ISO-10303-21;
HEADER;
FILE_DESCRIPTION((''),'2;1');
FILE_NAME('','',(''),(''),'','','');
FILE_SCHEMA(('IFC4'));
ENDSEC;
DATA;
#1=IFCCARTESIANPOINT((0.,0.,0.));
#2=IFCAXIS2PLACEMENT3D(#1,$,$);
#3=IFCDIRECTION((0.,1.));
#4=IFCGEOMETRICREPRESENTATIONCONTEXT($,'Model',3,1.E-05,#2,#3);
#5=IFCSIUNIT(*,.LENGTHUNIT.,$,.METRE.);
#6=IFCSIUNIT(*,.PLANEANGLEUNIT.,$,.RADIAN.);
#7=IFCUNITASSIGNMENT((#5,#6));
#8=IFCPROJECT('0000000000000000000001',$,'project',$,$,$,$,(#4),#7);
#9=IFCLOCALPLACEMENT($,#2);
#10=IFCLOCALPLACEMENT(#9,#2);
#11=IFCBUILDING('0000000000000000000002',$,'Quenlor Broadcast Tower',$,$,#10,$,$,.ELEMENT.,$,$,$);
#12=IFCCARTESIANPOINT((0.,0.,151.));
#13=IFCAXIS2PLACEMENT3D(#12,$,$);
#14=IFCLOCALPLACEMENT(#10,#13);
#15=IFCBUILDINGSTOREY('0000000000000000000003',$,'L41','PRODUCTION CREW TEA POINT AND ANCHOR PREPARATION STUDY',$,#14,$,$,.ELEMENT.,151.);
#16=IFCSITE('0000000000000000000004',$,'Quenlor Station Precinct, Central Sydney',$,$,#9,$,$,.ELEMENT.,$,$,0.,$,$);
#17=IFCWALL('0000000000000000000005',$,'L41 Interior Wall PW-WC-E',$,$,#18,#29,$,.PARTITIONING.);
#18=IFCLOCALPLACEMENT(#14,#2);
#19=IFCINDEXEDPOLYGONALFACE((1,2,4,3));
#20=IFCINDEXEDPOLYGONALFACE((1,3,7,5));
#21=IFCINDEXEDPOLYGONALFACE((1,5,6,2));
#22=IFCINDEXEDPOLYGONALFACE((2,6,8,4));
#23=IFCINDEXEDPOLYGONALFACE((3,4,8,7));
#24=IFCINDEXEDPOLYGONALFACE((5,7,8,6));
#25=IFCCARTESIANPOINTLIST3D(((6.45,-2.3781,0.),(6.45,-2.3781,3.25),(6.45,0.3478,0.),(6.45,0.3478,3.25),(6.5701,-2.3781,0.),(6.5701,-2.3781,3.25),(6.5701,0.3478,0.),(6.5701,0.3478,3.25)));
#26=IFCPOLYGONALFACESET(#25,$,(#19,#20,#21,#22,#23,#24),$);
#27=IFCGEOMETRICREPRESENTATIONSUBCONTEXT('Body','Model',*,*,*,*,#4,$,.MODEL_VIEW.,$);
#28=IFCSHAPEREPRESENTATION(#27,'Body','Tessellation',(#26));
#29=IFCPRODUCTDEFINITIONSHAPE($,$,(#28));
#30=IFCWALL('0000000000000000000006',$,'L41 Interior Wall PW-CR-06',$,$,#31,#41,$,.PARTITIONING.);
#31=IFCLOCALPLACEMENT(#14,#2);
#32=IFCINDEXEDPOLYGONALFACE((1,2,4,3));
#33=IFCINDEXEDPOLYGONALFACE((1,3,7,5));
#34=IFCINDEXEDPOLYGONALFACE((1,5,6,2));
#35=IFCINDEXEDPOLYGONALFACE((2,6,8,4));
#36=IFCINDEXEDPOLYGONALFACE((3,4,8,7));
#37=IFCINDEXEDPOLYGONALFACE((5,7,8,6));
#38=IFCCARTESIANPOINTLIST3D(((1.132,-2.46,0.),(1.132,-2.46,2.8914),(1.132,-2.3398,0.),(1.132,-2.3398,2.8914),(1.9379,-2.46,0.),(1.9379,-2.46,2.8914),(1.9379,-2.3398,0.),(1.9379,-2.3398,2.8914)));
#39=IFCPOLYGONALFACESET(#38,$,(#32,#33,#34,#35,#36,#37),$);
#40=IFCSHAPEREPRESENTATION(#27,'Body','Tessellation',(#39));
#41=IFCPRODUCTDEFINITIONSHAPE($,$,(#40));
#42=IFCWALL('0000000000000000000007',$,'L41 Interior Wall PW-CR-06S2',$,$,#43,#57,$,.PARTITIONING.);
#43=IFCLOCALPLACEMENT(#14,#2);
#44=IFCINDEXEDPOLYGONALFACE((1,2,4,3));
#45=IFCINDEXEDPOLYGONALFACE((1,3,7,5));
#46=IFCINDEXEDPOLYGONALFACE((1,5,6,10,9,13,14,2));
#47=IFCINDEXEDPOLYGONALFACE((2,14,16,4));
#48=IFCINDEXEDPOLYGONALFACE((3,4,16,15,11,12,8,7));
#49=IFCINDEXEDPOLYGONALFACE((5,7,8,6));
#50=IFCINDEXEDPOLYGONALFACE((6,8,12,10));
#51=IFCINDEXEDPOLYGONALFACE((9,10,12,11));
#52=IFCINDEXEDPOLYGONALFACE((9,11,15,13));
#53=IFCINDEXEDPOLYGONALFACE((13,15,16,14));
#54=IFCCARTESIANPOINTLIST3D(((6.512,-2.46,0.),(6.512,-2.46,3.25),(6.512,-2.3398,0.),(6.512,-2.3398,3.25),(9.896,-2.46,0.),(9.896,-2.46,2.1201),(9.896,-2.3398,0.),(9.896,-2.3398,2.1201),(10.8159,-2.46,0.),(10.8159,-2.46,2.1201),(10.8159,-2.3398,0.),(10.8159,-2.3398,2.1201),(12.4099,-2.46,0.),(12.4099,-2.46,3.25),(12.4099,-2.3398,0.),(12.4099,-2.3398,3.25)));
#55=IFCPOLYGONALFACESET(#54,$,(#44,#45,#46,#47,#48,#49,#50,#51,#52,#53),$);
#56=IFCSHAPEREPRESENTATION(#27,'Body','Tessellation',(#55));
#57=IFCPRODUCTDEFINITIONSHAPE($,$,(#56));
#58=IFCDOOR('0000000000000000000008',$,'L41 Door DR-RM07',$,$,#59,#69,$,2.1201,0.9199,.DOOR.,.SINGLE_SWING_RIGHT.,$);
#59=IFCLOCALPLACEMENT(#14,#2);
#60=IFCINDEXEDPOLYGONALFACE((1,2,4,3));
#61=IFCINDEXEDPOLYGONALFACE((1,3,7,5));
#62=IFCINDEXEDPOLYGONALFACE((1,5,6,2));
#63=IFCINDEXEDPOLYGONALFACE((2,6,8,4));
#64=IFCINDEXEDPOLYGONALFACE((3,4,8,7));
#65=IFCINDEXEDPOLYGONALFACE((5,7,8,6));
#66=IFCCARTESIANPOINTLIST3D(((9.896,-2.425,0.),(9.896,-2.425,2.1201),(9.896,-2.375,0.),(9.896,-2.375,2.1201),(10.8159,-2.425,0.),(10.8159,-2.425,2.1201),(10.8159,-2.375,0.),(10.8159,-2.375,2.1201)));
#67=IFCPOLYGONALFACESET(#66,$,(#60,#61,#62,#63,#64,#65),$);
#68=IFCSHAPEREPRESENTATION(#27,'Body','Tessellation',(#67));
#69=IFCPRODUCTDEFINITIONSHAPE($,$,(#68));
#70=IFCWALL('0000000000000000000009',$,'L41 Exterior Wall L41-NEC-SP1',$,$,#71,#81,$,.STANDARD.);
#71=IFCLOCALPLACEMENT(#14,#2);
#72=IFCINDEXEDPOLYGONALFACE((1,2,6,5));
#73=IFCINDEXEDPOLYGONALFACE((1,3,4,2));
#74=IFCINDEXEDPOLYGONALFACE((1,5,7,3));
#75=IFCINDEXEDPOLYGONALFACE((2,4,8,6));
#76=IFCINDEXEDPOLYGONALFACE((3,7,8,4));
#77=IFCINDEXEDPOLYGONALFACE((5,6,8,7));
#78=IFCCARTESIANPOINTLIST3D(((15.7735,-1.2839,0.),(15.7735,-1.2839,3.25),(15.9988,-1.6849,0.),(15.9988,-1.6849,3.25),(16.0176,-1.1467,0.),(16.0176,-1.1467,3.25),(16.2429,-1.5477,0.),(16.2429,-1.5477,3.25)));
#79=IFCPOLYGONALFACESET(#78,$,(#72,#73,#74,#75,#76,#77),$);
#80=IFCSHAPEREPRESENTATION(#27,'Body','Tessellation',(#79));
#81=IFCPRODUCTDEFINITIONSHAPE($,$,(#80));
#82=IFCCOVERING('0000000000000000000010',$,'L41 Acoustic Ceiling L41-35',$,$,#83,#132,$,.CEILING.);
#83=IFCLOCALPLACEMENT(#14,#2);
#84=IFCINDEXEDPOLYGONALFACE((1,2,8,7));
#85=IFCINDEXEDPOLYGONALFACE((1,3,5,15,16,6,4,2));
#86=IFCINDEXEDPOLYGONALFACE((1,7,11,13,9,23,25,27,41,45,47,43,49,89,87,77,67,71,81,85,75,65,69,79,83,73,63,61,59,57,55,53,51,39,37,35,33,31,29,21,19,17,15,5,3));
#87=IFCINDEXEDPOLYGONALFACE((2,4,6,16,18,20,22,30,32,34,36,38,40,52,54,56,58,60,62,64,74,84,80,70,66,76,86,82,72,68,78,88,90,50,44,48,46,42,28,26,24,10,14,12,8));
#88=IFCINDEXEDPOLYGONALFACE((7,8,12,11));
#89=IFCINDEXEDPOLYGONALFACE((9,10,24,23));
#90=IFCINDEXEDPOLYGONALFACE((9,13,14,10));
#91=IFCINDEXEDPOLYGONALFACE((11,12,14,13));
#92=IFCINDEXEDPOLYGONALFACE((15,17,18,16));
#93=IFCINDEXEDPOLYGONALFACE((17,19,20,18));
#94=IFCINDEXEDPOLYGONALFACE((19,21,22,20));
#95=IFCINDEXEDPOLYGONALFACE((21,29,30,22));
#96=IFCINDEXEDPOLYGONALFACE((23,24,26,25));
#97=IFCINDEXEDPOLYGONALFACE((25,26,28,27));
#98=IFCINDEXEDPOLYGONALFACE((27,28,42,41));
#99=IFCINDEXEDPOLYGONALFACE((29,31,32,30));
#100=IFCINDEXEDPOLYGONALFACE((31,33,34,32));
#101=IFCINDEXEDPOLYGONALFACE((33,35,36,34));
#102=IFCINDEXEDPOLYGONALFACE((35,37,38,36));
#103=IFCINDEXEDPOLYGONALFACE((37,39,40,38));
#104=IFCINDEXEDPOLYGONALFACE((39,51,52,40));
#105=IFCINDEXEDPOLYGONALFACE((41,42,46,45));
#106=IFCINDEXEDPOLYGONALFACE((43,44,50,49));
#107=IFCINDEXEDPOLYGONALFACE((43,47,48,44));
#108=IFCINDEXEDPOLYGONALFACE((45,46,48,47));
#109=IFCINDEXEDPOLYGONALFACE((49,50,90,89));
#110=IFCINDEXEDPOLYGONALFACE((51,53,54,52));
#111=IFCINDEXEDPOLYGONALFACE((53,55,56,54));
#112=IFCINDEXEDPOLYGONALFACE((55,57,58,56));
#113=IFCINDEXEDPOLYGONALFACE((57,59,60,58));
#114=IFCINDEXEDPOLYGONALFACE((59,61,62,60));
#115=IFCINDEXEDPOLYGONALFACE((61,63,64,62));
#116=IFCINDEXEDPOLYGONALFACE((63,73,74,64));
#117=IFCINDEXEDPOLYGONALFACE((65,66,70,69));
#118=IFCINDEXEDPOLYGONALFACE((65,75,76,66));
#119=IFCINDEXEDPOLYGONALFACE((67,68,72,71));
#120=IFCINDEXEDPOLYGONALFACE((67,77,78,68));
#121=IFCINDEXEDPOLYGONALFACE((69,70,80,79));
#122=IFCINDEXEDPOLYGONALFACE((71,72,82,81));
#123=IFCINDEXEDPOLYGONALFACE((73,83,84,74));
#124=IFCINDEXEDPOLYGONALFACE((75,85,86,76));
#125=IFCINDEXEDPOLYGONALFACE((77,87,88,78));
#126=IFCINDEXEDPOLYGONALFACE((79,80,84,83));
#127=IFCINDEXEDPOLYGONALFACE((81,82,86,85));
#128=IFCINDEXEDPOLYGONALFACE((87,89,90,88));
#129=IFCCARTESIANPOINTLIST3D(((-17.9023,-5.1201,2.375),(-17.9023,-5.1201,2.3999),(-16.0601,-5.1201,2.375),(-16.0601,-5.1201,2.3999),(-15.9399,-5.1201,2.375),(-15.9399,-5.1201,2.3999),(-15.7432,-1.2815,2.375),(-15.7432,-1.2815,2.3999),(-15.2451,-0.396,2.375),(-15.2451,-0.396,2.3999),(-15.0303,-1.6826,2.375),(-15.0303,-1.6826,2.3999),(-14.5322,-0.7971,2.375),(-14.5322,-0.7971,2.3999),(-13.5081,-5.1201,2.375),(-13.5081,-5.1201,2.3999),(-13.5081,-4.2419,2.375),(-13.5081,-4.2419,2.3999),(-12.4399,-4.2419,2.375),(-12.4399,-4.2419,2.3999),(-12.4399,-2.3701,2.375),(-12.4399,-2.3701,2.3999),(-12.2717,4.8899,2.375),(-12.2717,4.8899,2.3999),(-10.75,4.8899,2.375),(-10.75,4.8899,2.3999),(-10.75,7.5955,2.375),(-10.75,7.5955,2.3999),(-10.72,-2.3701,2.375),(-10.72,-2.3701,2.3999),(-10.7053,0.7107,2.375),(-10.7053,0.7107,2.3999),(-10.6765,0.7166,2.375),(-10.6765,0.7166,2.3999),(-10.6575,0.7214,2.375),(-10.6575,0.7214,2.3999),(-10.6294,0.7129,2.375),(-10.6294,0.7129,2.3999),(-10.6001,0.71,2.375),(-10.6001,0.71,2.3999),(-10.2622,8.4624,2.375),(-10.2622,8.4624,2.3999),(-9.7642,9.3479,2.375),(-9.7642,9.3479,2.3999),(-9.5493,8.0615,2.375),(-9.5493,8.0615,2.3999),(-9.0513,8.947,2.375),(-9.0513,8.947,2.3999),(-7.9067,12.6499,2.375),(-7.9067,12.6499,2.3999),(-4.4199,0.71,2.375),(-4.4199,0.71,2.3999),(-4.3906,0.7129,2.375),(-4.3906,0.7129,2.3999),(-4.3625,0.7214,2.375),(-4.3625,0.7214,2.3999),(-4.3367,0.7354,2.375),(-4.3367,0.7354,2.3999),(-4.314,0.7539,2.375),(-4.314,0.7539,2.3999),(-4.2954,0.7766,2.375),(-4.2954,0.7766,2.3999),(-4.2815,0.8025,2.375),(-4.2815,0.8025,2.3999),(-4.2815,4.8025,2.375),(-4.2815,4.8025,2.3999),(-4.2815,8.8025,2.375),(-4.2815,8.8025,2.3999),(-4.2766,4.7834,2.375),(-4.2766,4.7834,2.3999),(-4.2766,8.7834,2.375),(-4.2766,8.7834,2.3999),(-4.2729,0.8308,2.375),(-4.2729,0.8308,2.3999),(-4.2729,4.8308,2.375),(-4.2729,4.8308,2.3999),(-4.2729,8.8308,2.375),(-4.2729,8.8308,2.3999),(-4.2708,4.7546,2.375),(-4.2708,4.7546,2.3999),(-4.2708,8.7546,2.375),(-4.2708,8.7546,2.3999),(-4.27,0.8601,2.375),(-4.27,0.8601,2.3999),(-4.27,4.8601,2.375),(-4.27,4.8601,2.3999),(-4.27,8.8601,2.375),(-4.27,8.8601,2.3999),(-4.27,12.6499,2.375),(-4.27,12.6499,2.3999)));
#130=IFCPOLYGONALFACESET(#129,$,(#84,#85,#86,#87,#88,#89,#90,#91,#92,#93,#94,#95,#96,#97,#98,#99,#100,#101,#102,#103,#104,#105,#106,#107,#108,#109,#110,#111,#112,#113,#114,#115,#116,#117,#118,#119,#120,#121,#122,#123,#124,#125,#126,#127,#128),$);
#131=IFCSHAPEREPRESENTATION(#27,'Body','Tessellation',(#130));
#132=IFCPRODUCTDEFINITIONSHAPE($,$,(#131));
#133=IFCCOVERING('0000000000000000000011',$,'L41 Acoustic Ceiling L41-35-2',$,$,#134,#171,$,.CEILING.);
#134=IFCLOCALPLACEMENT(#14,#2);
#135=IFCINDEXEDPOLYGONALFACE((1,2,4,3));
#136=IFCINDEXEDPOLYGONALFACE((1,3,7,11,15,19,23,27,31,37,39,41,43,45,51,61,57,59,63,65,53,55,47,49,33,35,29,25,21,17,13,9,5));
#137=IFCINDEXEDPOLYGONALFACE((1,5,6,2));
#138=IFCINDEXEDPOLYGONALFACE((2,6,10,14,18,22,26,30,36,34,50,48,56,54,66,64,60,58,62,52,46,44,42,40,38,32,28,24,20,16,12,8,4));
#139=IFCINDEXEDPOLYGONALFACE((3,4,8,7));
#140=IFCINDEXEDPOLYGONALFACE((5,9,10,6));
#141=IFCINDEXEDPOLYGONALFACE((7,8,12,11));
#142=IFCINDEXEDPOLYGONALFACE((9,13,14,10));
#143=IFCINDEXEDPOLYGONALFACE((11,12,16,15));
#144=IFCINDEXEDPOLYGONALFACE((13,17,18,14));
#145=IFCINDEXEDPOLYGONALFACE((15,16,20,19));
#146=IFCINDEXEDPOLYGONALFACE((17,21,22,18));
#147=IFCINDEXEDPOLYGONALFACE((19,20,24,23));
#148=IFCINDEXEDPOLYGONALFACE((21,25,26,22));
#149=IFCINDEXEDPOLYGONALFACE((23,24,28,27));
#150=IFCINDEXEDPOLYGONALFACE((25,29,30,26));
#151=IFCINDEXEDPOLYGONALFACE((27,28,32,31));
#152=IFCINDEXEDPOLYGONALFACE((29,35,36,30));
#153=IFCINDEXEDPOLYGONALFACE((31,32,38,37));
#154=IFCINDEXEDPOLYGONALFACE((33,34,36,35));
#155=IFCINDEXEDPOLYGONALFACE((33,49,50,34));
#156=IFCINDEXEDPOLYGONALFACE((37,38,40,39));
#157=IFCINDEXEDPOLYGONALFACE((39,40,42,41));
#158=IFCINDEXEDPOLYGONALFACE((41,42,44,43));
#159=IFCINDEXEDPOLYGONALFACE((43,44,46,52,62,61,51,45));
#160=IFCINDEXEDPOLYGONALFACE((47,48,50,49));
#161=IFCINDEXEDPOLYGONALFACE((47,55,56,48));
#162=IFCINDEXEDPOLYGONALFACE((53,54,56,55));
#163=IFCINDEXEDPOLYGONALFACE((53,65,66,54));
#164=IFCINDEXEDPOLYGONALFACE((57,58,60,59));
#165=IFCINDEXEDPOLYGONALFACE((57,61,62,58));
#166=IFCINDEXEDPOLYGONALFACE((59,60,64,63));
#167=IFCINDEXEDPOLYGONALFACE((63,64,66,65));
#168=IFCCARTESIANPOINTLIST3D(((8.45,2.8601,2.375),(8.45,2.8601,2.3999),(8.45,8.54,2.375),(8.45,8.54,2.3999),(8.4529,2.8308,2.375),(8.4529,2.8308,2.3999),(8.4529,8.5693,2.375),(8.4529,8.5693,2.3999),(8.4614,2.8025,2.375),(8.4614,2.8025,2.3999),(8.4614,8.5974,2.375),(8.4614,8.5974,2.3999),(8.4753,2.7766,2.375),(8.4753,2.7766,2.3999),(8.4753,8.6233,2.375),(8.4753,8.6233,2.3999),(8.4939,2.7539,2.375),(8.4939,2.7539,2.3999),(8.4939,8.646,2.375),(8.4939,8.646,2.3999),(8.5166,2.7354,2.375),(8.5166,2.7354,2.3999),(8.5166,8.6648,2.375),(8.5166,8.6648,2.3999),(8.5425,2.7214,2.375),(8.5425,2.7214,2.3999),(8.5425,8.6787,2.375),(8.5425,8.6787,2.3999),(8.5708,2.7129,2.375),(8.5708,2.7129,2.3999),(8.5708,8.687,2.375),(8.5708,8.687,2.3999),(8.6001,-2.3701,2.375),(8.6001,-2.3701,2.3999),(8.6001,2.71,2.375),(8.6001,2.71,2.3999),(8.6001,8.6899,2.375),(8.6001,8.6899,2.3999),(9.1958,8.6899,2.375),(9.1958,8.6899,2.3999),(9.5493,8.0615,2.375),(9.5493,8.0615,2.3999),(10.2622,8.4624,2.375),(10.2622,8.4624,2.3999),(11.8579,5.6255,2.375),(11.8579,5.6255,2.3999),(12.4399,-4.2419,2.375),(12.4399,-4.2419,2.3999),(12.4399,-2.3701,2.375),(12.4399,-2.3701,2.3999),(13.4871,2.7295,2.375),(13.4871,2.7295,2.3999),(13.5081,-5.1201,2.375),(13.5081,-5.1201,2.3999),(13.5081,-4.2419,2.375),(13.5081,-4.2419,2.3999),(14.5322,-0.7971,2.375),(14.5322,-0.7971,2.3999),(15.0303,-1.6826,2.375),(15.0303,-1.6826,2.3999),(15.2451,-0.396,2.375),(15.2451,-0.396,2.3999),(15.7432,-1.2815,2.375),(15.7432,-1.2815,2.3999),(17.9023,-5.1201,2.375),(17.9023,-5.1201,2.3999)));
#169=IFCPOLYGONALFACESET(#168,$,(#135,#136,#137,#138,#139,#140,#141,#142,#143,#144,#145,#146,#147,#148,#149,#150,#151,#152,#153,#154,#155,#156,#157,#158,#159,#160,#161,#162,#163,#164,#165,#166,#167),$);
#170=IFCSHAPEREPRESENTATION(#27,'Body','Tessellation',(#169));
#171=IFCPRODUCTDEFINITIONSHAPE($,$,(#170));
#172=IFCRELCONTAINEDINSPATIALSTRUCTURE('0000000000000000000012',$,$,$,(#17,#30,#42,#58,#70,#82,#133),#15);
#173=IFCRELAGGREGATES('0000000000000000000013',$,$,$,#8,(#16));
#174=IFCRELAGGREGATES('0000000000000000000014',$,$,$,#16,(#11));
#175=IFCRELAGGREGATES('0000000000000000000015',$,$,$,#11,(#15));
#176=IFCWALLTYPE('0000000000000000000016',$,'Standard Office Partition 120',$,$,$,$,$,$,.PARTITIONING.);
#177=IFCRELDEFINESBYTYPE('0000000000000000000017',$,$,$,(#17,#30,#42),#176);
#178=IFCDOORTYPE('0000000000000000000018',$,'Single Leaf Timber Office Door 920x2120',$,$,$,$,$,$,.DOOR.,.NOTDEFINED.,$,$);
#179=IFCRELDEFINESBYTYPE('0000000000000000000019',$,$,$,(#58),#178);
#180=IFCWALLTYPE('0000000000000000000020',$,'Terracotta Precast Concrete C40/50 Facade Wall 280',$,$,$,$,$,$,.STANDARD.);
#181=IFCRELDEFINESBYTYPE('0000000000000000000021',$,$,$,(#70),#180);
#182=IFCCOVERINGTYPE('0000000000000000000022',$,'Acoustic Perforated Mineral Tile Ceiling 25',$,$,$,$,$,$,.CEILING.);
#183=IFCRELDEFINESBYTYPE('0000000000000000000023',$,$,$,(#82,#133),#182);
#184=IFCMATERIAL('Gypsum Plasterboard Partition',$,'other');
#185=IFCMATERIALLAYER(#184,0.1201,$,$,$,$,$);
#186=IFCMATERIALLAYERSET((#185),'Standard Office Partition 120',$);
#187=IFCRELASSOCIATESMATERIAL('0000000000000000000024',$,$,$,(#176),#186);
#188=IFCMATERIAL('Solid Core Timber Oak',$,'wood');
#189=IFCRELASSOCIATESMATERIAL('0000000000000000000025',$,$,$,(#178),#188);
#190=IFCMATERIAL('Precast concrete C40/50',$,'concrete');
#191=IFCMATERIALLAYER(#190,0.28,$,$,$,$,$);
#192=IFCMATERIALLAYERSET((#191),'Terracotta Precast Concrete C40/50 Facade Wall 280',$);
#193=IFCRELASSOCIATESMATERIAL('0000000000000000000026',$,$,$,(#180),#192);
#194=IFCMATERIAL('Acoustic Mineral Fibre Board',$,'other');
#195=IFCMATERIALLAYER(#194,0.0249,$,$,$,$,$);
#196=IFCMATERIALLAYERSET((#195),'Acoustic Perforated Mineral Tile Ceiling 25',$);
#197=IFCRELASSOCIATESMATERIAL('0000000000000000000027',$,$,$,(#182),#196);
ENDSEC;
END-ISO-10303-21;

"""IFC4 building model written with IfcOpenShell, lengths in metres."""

from ifc_helpers import new_model, si_unit, direction, frame, frame_2d, origin, place, context, subcontext, project, spatial, polyline, rectangle, outline, extrude, material, layer, layer_set, type_object, element, fill, save


model = new_model("IFC4")

# Units and contexts
model_context = context("Model", 3, precision=1e-05, world=origin(), true_north=direction((0.0, 1.0)))
body_context = subcontext(model_context, "Body", "Model", "MODEL_VIEW")
ifc_project = project(units=[si_unit("LENGTHUNIT", "METRE"), si_unit("PLANEANGLEUNIT", "RADIAN")], contexts=[model_context])

# Site, building, storey
site_placement = place(None, origin())
site = spatial("IfcSite", under=ifc_project, at=site_placement, Name="Quenlor Station Precinct, Central Sydney", CompositionType="ELEMENT", RefElevation=0.0)
building_placement = place(site_placement, origin())
building = spatial("IfcBuilding", under=site, at=building_placement, Name="Quenlor Broadcast Tower", CompositionType="ELEMENT")
storey_placement = place(building_placement, frame((0.0, 0.0, 151.0)))
storey = spatial("IfcBuildingStorey", under=building, at=storey_placement, Name="L41", Description="PRODUCTION CREW TEA POINT AND ANCHOR PREPARATION STUDY", CompositionType="ELEMENT", Elevation=151.0)

# Shared definitions
ifc_material_1 = material(Name="Gypsum Plasterboard Partition", Category="other")
ifc_layer_1 = layer(ifc_material_1, 0.1201)
ifc_layer_set_1 = layer_set([ifc_layer_1], Name="Standard Office Partition 120")
wall_type_1 = type_object("IfcWallType", Name="Standard Office Partition 120", PredefinedType="PARTITIONING", material=ifc_layer_set_1)

# Walls
for number, where, z_axis, x_axis, name in (
    (1, (6.51, -2.3779, 0.0), (0.0, 0.0, 1.0), (0.0, 1.0, 0.0), "L41 Interior Wall PW-WC-E"),
):
    element("IfcWall", number, at=place(storey_placement, frame(where, z_axis=z_axis, x_axis=x_axis)), inside=storey, type_object=wall_type_1, Name=name, PredefinedType="PARTITIONING", context=body_context, shape_type="SweptSolid", body=[
        extrude(rectangle(XDim=2.7258, YDim=0.1201, at=frame_2d((1.3628, 0.0))), origin(), (0.0, 0.0, 1.0), 3.25),
    ])
wall_1_placement = place(storey_placement, frame((1.1321, -2.3999, 0.0), z_axis=(0.0, 0.0, 1.0), x_axis=(1.0, 0.0, 0.0)))
element("IfcWall", 2, at=wall_1_placement, inside=storey, type_object=wall_type_1, Name="L41 Interior Wall PW-CR-06", PredefinedType="PARTITIONING", context=body_context, shape_type="SweptSolid", body=[
    extrude(rectangle(XDim=0.8059, YDim=0.1201, at=frame_2d((0.4028, 0.0))), origin(), (0.0, 0.0, 1.0), 2.8914),
])

# Wall, opening, door
wall_2_placement = place(storey_placement, frame((6.512, -2.3999, 0.0), z_axis=(0.0, 0.0, 1.0), x_axis=(1.0, 0.0, 0.0)))
wall_2 = element("IfcWall", 3, at=wall_2_placement, inside=storey, type_object=wall_type_1, Name="L41 Interior Wall PW-CR-06S2", PredefinedType="PARTITIONING", context=body_context, shape_type="SweptSolid", body=[
    extrude(rectangle(XDim=5.8979, YDim=0.1201, at=frame_2d((2.949, 0.0))), origin(), (0.0, 0.0, 1.0), 3.25),
])
opening_1_placement = place(wall_2_placement, frame((3.384, 0.0, 0.0)))
opening_1 = element("IfcOpeningElement", 4, at=opening_1_placement, cuts=wall_2, PredefinedType="OPENING", context=body_context, shape_type="SweptSolid", body=[
    extrude(rectangle(XDim=0.9199, YDim=2.1201, at=frame_2d((0.46, 1.0601))), frame((0.0, 0.0701, 0.0), z_axis=(0.0, -1.0, 0.0), x_axis=(1.0, 0.0, 0.0)), (0.0, 0.0, 1.0), 0.1401),
])
ifc_material_2 = material(Name="Solid Core Timber Oak", Category="wood")
door_type_1 = type_object("IfcDoorType", Name="Single Leaf Timber Office Door 920x2120", OperationType="NOTDEFINED", PredefinedType="DOOR", material=ifc_material_2)
door_1_placement = place(opening_1_placement, origin())
door_1 = element("IfcDoor", 5, at=door_1_placement, inside=storey, type_object=door_type_1, Name="L41 Door DR-RM07", OperationType="SINGLE_SWING_RIGHT", OverallHeight=2.1201, OverallWidth=0.9199, PredefinedType="DOOR", context=body_context, shape_type="SweptSolid", body=[
    extrude(rectangle(XDim=0.9199, YDim=2.1201, at=frame_2d((0.46, 1.0601))), frame((0.0, 0.0249, 0.0), z_axis=(0.0, -1.0, 0.0), x_axis=(1.0, 0.0, 0.0)), (0.0, 0.0, 1.0), 0.05),
])
fill(opening_1, door_1)

# Wall
ifc_material_3 = material(Name="Precast concrete C40/50", Category="concrete")
ifc_layer_2 = layer(ifc_material_3, 0.28)
ifc_layer_set_2 = layer_set([ifc_layer_2], Name="Terracotta Precast Concrete C40/50 Facade Wall 280")
wall_type_2 = type_object("IfcWallType", Name="Terracotta Precast Concrete C40/50 Facade Wall 280", PredefinedType="STANDARD", material=ifc_layer_set_2)
wall_3_placement = place(storey_placement, frame((15.8955, -1.2153, 0.0), z_axis=(0.0, 0.0, 1.0), x_axis=(0.490009, -0.871717, 0.0)))
element("IfcWall", 6, at=wall_3_placement, inside=storey, type_object=wall_type_2, Name="L41 Exterior Wall L41-NEC-SP1", PredefinedType="STANDARD", context=body_context, shape_type="SweptSolid", body=[
    extrude(rectangle(XDim=0.46, YDim=0.28, at=frame_2d((0.23, 0.0))), origin(), (0.0, 0.0, 1.0), 3.25),
])

# Coverings
ifc_material_4 = material(Name="Acoustic Mineral Fibre Board", Category="other")
ifc_layer_3 = layer(ifc_material_4, 0.0249)
ifc_layer_set_3 = layer_set([ifc_layer_3], Name="Acoustic Perforated Mineral Tile Ceiling 25")
covering_type = type_object("IfcCoveringType", Name="Acoustic Perforated Mineral Tile Ceiling 25", PredefinedType="CEILING", material=ifc_layer_set_3)
covering_1_placement = place(storey_placement, frame((0.0, 0.0, 2.375)))
element("IfcCovering", 7, at=covering_1_placement, inside=storey, type_object=covering_type, Name="L41 Acoustic Ceiling L41-35", PredefinedType="CEILING", context=body_context, shape_type="SweptSolid", body=[
    extrude(outline(polyline([(-4.2815, 8.8025), (-4.2766, 8.7834), (-4.2708, 8.7546), (-4.27, 4.8601), (-4.2729, 4.8308), (-4.2815, 4.8025), (-4.2766, 4.7834), (-4.2708, 4.7546), (-4.27, 0.8601), (-4.2729, 0.8308), (-4.2815, 0.8025), (-4.2954, 0.7766), (-4.314, 0.7539), (-4.3367, 0.7354), (-4.3625, 0.7214), (-4.3906, 0.7129), (-4.4199, 0.71), (-10.6001, 0.71), (-10.6294, 0.7129), (-10.6575, 0.7214), (-10.6765, 0.7166), (-10.7053, 0.7107), (-10.72, -2.3701), (-12.4399, -2.3701), (-12.4399, -4.2419), (-13.5081, -4.2419), (-13.5081, -5.1201), (-15.9399, -5.1201), (-16.0601, -5.1201), (-17.9023, -5.1201), (-15.7432, -1.2815), (-15.0303, -1.6826), (-14.5322, -0.7971), (-15.2451, -0.396), (-12.2717, 4.8899), (-10.75, 4.8899), (-10.75, 7.5955), (-10.2622, 8.4624), (-9.5493, 8.0615), (-9.0513, 8.947), (-9.7642, 9.3479), (-7.9067, 12.6499), (-4.27, 12.6499), (-4.27, 8.8601), (-4.2729, 8.8308), (-4.2815, 8.8025)])), origin(), (0.0, 0.0, 1.0), 0.0249),
])
covering_2_placement = place(storey_placement, frame((0.0, 0.0, 2.375)))
element("IfcCovering", 8, at=covering_2_placement, inside=storey, type_object=covering_type, Name="L41 Acoustic Ceiling L41-35-2", PredefinedType="CEILING", context=body_context, shape_type="SweptSolid", body=[
    extrude(outline(polyline([(13.5081, -4.2419), (12.4399, -4.2419), (12.4399, -2.3701), (8.6001, -2.3701), (8.6001, 2.71), (8.5708, 2.7129), (8.5425, 2.7214), (8.5166, 2.7354), (8.4939, 2.7539), (8.4753, 2.7766), (8.4614, 2.8025), (8.4529, 2.8308), (8.45, 2.8601), (8.45, 8.54), (8.4529, 8.5693), (8.4614, 8.5974), (8.4753, 8.6233), (8.4939, 8.646), (8.5166, 8.6648), (8.5425, 8.6787), (8.5708, 8.687), (8.6001, 8.6899), (9.1958, 8.6899), (9.5493, 8.0615), (10.2622, 8.4624), (11.8579, 5.6255), (13.4871, 2.7295), (15.2451, -0.396), (14.5322, -0.7971), (15.0303, -1.6826), (15.7432, -1.2815), (17.9023, -5.1201), (13.5081, -5.1201), (13.5081, -4.2419)])), origin(), (0.0, 0.0, 1.0), 0.0249),
])

save(model, "model.ifc")
